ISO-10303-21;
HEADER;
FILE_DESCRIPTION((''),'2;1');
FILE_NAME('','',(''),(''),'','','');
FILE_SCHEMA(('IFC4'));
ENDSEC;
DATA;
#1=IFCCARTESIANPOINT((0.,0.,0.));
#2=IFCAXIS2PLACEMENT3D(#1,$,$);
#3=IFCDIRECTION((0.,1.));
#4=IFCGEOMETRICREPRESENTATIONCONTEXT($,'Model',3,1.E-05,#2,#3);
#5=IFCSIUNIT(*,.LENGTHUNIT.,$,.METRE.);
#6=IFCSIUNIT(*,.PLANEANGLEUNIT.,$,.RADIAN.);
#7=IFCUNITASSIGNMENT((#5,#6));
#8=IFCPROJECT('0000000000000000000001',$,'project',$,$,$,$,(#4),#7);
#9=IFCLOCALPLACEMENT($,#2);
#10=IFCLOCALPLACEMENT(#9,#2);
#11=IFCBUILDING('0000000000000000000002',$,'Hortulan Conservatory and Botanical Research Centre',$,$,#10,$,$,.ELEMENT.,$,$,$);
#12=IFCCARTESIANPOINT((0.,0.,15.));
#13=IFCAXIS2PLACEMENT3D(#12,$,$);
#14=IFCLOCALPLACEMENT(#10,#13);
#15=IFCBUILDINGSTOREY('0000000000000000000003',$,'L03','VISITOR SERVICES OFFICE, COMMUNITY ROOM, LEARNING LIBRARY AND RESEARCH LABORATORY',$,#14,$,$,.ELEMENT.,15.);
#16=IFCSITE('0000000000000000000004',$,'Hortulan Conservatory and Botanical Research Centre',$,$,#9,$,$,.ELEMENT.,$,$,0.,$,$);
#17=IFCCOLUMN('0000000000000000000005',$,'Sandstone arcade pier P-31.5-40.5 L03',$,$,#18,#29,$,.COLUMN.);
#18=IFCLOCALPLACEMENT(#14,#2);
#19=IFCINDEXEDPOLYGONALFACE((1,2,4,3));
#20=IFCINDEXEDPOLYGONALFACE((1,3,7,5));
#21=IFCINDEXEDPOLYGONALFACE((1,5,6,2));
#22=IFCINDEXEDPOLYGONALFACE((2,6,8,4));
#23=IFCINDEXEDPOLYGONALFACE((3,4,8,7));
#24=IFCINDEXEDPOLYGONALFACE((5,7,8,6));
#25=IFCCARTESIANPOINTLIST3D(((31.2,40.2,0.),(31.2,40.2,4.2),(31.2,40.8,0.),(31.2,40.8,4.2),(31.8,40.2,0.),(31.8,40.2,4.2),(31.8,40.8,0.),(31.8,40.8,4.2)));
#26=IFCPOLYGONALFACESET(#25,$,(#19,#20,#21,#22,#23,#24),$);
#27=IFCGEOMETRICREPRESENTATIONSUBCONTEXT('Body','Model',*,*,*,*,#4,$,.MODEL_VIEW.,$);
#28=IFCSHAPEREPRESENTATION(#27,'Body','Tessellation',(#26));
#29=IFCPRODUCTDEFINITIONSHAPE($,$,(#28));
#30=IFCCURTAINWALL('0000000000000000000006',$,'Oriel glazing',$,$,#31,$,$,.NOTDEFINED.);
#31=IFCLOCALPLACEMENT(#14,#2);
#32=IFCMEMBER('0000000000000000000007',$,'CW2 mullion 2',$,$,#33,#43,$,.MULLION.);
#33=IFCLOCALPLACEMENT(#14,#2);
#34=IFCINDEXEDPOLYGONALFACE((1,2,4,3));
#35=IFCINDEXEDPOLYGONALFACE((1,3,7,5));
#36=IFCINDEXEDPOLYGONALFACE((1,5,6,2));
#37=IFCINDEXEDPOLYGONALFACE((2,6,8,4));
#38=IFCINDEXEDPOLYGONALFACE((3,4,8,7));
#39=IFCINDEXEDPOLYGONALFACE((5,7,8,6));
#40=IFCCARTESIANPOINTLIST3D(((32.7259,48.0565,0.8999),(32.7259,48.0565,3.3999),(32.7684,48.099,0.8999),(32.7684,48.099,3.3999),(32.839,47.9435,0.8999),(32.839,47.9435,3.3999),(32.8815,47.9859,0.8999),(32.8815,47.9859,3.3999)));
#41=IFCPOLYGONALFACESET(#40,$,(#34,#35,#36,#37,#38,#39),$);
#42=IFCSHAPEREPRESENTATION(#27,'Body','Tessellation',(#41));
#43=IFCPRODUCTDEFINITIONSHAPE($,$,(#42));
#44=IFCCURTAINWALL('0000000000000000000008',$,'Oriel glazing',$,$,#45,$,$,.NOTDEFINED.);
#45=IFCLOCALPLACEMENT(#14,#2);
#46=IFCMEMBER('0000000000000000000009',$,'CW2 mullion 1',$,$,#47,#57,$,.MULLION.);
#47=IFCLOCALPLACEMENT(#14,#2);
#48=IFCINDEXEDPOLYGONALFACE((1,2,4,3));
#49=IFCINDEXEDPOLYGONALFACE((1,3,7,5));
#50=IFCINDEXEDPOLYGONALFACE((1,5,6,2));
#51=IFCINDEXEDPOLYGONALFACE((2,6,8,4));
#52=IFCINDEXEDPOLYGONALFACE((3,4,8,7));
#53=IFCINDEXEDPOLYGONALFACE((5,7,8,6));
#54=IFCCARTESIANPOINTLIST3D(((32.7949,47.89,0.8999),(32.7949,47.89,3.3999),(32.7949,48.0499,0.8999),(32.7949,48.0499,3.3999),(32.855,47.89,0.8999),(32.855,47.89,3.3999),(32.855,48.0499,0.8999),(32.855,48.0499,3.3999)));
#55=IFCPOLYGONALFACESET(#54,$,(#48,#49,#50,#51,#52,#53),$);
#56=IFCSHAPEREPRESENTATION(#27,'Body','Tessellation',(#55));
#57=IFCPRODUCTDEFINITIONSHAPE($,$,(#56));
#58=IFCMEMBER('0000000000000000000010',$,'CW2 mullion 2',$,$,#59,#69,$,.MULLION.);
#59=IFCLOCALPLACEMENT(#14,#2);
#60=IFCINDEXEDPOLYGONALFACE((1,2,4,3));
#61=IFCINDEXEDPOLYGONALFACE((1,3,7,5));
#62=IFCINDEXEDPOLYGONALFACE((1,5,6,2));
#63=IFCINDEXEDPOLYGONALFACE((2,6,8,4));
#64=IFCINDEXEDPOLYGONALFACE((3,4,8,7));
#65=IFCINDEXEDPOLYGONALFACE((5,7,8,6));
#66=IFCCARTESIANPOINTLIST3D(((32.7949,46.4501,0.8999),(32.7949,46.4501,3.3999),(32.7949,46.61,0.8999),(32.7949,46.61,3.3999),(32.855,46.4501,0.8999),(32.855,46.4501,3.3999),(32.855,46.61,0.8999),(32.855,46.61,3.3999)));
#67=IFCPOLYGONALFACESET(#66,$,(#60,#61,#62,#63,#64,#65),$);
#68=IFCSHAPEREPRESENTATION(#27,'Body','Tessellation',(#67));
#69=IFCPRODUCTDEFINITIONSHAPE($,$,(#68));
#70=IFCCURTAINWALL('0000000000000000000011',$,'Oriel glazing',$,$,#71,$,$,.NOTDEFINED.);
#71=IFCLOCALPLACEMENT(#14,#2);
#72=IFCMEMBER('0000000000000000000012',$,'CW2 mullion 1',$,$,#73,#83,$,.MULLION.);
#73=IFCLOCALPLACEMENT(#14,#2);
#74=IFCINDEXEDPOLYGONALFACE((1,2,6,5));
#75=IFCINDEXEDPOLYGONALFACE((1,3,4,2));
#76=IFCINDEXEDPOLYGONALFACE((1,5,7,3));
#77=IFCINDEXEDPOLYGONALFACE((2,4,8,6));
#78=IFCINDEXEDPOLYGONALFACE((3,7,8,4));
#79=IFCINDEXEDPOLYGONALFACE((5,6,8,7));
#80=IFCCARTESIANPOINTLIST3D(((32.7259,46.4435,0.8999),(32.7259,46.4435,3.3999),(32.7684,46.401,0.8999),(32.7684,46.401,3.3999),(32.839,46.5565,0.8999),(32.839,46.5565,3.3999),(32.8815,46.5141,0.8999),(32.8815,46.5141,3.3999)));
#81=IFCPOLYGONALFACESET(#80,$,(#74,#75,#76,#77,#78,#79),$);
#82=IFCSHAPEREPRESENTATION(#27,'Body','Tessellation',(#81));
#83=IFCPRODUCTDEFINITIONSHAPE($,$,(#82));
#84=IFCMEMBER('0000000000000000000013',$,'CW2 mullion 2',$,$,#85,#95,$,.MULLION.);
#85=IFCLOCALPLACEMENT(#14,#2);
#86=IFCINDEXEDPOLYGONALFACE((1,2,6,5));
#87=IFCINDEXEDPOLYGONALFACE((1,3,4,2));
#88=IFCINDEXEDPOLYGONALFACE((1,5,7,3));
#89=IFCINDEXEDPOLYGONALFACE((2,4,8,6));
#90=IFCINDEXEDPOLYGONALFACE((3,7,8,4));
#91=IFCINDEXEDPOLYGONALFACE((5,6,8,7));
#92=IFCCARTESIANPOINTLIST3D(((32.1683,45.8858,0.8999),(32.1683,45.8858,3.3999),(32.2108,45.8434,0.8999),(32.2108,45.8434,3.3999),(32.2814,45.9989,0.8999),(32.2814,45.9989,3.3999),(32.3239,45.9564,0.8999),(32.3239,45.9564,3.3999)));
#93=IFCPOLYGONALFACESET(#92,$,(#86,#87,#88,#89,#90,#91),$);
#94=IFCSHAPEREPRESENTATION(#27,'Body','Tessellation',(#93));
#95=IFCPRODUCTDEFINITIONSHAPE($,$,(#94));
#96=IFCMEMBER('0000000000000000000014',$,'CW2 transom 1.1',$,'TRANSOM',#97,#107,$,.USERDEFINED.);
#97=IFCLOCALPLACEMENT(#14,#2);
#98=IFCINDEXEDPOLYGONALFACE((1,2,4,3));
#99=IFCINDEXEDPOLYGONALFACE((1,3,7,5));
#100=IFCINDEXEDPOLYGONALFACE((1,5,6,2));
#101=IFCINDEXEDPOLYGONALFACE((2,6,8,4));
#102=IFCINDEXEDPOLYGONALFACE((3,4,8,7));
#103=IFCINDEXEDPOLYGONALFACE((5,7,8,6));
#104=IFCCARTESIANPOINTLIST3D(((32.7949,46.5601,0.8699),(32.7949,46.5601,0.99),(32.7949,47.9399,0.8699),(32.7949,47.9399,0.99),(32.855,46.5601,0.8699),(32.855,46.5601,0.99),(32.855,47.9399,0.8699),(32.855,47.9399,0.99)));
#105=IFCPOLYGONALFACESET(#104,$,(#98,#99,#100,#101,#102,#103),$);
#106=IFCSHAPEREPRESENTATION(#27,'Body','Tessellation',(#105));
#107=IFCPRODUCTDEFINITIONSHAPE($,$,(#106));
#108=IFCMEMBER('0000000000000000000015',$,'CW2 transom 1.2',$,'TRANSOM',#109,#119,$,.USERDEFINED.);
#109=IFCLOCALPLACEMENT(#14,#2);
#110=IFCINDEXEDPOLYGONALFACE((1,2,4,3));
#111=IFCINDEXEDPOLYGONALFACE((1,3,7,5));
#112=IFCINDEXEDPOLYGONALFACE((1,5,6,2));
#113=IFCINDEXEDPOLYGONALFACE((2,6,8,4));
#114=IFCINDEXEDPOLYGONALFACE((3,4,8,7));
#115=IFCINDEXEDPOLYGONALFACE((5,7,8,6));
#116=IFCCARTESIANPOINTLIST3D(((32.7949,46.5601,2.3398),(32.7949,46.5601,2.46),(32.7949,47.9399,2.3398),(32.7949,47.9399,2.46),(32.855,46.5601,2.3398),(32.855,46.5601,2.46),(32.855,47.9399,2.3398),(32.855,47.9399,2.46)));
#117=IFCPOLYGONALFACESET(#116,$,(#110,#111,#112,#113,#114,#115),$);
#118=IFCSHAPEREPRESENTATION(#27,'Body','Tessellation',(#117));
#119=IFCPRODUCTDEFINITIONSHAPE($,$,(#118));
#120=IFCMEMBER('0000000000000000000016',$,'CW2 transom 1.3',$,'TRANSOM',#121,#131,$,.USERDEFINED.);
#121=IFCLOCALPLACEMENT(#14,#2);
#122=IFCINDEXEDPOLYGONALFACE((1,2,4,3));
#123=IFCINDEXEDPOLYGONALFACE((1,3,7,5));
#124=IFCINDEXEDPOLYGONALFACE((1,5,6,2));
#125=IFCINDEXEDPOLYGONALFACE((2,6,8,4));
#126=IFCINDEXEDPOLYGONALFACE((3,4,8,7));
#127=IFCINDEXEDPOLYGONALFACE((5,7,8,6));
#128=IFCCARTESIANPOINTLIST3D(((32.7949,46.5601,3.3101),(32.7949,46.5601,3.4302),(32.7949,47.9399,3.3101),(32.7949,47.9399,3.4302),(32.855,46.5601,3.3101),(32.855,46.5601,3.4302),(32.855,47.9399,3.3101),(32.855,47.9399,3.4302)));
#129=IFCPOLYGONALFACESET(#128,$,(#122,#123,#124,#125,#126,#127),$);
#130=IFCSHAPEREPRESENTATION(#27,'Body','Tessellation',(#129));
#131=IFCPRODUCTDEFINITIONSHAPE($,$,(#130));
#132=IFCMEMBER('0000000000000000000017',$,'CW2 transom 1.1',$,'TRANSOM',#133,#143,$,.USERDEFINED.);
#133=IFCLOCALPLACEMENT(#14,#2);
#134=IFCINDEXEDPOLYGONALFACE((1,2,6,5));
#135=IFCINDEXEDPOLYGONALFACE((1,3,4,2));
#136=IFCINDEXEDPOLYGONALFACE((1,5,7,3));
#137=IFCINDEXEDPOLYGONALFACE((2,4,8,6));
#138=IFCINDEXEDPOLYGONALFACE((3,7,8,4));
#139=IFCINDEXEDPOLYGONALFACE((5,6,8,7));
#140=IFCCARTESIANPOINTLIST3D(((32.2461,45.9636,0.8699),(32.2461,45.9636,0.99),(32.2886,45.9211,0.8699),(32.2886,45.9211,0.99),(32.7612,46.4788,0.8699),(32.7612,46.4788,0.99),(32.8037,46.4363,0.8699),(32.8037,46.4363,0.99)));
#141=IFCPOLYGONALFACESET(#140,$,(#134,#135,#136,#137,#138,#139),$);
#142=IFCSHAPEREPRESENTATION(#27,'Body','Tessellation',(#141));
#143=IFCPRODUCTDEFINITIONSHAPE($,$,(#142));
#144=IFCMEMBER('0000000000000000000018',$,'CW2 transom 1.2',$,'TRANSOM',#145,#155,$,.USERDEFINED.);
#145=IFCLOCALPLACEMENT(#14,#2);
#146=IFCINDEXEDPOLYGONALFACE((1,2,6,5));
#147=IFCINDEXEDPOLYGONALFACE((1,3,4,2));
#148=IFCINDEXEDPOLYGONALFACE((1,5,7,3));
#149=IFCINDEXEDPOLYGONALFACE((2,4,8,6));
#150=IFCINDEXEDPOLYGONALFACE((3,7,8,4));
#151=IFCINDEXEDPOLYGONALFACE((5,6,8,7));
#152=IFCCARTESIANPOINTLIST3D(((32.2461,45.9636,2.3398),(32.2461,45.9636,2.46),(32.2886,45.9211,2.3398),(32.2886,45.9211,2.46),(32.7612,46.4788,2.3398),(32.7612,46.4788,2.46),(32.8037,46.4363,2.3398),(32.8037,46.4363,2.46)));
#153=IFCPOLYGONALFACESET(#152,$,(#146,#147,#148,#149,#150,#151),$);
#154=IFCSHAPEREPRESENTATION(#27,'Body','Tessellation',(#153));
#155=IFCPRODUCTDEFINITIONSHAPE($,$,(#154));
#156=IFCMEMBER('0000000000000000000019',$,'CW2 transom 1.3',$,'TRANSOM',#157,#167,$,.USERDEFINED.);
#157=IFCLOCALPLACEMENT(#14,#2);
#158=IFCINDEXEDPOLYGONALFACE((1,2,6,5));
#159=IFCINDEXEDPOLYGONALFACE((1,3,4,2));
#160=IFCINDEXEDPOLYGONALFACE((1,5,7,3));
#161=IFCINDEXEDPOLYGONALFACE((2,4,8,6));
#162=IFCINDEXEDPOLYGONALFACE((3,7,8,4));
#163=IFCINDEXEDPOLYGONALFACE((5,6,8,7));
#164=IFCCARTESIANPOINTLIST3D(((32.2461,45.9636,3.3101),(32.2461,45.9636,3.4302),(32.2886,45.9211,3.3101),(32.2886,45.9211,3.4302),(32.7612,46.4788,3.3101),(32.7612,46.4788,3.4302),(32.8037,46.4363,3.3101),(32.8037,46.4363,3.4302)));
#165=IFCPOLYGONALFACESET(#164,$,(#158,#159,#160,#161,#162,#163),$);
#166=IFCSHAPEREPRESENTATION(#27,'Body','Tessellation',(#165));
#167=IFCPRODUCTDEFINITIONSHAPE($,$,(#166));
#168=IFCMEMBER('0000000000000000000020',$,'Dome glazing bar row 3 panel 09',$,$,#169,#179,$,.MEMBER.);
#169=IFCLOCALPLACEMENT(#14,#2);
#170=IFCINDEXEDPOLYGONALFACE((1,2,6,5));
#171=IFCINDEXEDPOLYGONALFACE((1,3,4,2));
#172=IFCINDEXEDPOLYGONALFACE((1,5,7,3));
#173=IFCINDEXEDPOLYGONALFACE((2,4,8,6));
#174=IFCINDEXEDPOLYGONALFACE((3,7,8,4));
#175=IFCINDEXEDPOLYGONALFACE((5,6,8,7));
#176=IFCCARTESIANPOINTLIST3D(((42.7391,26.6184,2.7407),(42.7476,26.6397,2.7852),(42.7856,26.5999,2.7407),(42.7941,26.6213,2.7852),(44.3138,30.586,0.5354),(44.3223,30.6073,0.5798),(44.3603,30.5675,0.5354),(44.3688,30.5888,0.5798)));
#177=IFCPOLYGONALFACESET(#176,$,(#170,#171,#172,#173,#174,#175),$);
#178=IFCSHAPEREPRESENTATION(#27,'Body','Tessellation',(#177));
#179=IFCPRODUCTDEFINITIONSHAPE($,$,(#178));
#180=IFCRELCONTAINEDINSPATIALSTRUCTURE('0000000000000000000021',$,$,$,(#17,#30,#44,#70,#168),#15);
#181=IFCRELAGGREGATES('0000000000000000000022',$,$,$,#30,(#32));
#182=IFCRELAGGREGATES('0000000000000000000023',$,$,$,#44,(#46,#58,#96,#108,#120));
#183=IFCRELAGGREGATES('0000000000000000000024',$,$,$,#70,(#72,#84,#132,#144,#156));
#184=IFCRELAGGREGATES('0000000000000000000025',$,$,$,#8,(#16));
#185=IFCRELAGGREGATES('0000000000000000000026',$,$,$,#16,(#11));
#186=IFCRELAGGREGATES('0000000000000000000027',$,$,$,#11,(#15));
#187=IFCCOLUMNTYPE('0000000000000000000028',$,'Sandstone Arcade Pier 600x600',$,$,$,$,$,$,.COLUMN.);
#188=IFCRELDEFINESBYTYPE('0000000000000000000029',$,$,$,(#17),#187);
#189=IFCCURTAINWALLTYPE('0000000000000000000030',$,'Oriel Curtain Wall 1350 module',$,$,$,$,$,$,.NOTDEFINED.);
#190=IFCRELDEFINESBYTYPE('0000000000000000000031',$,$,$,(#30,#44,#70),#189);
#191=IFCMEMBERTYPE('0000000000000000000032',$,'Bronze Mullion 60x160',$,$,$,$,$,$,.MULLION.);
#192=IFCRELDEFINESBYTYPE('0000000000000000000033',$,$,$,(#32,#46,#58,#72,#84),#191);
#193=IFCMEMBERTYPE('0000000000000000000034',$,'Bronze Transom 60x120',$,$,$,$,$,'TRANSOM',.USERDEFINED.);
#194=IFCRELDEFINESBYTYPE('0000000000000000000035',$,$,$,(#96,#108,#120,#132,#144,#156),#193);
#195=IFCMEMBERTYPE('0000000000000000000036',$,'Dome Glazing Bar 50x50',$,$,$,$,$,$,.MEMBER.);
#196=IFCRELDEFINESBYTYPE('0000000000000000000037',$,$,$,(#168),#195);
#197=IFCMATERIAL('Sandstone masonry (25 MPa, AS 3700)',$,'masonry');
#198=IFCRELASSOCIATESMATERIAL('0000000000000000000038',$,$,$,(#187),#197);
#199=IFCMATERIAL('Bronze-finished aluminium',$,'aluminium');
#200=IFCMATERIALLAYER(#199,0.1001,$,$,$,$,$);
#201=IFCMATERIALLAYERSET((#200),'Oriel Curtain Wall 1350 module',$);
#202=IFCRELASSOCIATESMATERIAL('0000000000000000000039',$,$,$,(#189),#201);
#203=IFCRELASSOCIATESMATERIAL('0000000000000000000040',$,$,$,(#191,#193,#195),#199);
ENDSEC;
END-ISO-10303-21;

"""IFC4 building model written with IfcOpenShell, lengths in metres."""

from ifc_helpers import new_model, si_unit, direction, frame, origin, origin_2d, place, context, subcontext, project, spatial, rectangle, extrude, material, layer, layer_set, material_profile, profile_set, type_object, element, aggregate, save


model = new_model("IFC4")

# Units and contexts
model_context = context("Model", 3, precision=1e-05, world=origin(), true_north=direction((0.0, 1.0)))
body_context = subcontext(model_context, "Body", "Model", "MODEL_VIEW")
ifc_project = project(units=[si_unit("LENGTHUNIT", "METRE"), si_unit("PLANEANGLEUNIT", "RADIAN")], contexts=[model_context])

# Site, building, storey
site_placement = place(None, origin())
site = spatial("IfcSite", under=ifc_project, at=site_placement, Name="Hortulan Conservatory and Botanical Research Centre", CompositionType="ELEMENT", RefElevation=0.0)
building_placement = place(site_placement, origin())
building = spatial("IfcBuilding", under=site, at=building_placement, Name="Hortulan Conservatory and Botanical Research Centre", CompositionType="ELEMENT")
storey_placement = place(building_placement, frame((0.0, 0.0, 15.0)))
storey = spatial("IfcBuildingStorey", under=building, at=storey_placement, Name="L03", Description="VISITOR SERVICES OFFICE, COMMUNITY ROOM, LEARNING LIBRARY AND RESEARCH LABORATORY", CompositionType="ELEMENT", Elevation=15.0)

# Column
ifc_material_1 = material(Name="Sandstone masonry (25 MPa, AS 3700)", Category="masonry")
ifc_material_profile_1 = material_profile(ifc_material_1, rectangle(XDim=0.6001, YDim=0.6001, at=origin_2d()), Name="Square pier 600")
ifc_profile_set_1 = profile_set([ifc_material_profile_1], Name="Sandstone masonry (25 MPa, AS 3700)")
column_type = type_object("IfcColumnType", Name="Sandstone Arcade Pier 600x600", PredefinedType="COLUMN", material=ifc_profile_set_1)
column_placement = place(storey_placement, frame((31.5, 40.5, 0.0), z_axis=(0.0, 0.0, 1.0), x_axis=(1.0, 0.0, 0.0)))
element("IfcColumn", 1, at=column_placement, inside=storey, type_object=column_type, Name="Sandstone arcade pier P-31.5-40.5 L03", PredefinedType="COLUMN", context=body_context, shape_type="SweptSolid", body=[
    extrude(rectangle(XDim=0.6001, YDim=0.6001, at=origin_2d()), origin(), (0.0, 0.0, 1.0), 4.2),
])

# Curtain wall, member
ifc_material_2 = material(Name="Bronze-finished aluminium", Category="aluminium")
ifc_layer_1 = layer(ifc_material_2, 0.1001)
ifc_layer_set_1 = layer_set([ifc_layer_1], Name="Oriel Curtain Wall 1350 module")
curtain_wall_type = type_object("IfcCurtainWallType", Name="Oriel Curtain Wall 1350 module", PredefinedType="NOTDEFINED", material=ifc_layer_set_1)
curtain_wall_1_placement = place(storey_placement, origin())
curtain_wall_1 = element("IfcCurtainWall", 2, at=curtain_wall_1_placement, inside=storey, type_object=curtain_wall_type, Name="Oriel glazing", PredefinedType="NOTDEFINED")
ifc_material_profile_2 = material_profile(ifc_material_2, rectangle(XDim=0.0601, YDim=0.1599, at=origin_2d()), Name="Bronze Mullion 60x160")
ifc_profile_set_2 = profile_set([ifc_material_profile_2], Name="Bronze-finished aluminium")
member_type_1 = type_object("IfcMemberType", Name="Bronze Mullion 60x160", PredefinedType="MULLION", material=ifc_profile_set_2)
member_1_placement = place(storey_placement, frame((32.8037, 48.0212, 0.8999), z_axis=(0.0, 0.0, 1.0), x_axis=(0.707107, 0.707107, 0.0)))
member_1 = element("IfcMember", 3, at=member_1_placement, type_object=member_type_1, Name="CW2 mullion 2", PredefinedType="MULLION", context=body_context, shape_type="SweptSolid", body=[
    extrude(rectangle(XDim=0.0601, YDim=0.1599, at=origin_2d()), origin(), (0.0, 0.0, 1.0), 2.5),
])

# Curtain walls, members
curtain_wall_2_placement = place(storey_placement, origin())
curtain_wall_2 = element("IfcCurtainWall", 4, at=curtain_wall_2_placement, inside=storey, type_object=curtain_wall_type, Name="Oriel glazing", PredefinedType="NOTDEFINED")
member_2_placement = place(storey_placement, frame((32.825, 47.97, 0.8999), z_axis=(0.0, 0.0, 1.0), x_axis=(1.0, 0.0, 0.0)))
member_2 = element("IfcMember", 5, at=member_2_placement, type_object=member_type_1, Name="CW2 mullion 1", PredefinedType="MULLION", context=body_context, shape_type="SweptSolid", body=[
    extrude(rectangle(XDim=0.0601, YDim=0.1599, at=origin_2d()), origin(), (0.0, 0.0, 1.0), 2.5),
])
member_3_placement = place(storey_placement, frame((32.825, 46.53, 0.8999), z_axis=(0.0, 0.0, 1.0), x_axis=(1.0, 0.0, 0.0)))
member_3 = element("IfcMember", 6, at=member_3_placement, type_object=member_type_1, Name="CW2 mullion 2", PredefinedType="MULLION", context=body_context, shape_type="SweptSolid", body=[
    extrude(rectangle(XDim=0.0601, YDim=0.1599, at=origin_2d()), origin(), (0.0, 0.0, 1.0), 2.5),
])
curtain_wall_3_placement = place(storey_placement, origin())
curtain_wall_3 = element("IfcCurtainWall", 7, at=curtain_wall_3_placement, inside=storey, type_object=curtain_wall_type, Name="Oriel glazing", PredefinedType="NOTDEFINED")
member_4_placement = place(storey_placement, frame((32.8037, 46.4788, 0.8999), z_axis=(0.0, 0.0, 1.0), x_axis=(0.707107, -0.707107, 0.0)))
member_4 = element("IfcMember", 8, at=member_4_placement, type_object=member_type_1, Name="CW2 mullion 1", PredefinedType="MULLION", context=body_context, shape_type="SweptSolid", body=[
    extrude(rectangle(XDim=0.0601, YDim=0.1599, at=origin_2d()), origin(), (0.0, 0.0, 1.0), 2.5),
])
member_5_placement = place(storey_placement, frame((32.2461, 45.9211, 0.8999), z_axis=(0.0, 0.0, 1.0), x_axis=(0.707107, -0.707107, 0.0)))
member_5 = element("IfcMember", 9, at=member_5_placement, type_object=member_type_1, Name="CW2 mullion 2", PredefinedType="MULLION", context=body_context, shape_type="SweptSolid", body=[
    extrude(rectangle(XDim=0.0601, YDim=0.1599, at=origin_2d()), origin(), (0.0, 0.0, 1.0), 2.5),
])

# Members
ifc_material_profile_3 = material_profile(ifc_material_2, rectangle(XDim=0.0601, YDim=0.1201, at=origin_2d()), Name="Bronze Transom 60x120")
ifc_profile_set_3 = profile_set([ifc_material_profile_3], Name="Bronze-finished aluminium")
member_type_2 = type_object("IfcMemberType", Name="Bronze Transom 60x120", ElementType="TRANSOM", PredefinedType="USERDEFINED", material=ifc_profile_set_3)
member_6_placement = place(storey_placement, frame((32.825, 47.9399, 0.9299), z_axis=(0.0, -1.0, 0.0), x_axis=(1.0, 0.0, 0.0)))
member_6 = element("IfcMember", 10, at=member_6_placement, type_object=member_type_2, Name="CW2 transom 1.1", ObjectType="TRANSOM", PredefinedType="USERDEFINED", context=body_context, shape_type="SweptSolid", body=[
    extrude(rectangle(XDim=0.0601, YDim=0.1201, at=origin_2d()), origin(), (0.0, 0.0, 1.0), 1.3799),
])
member_7_placement = place(storey_placement, frame((32.825, 47.9399, 2.3999), z_axis=(0.0, -1.0, 0.0), x_axis=(1.0, 0.0, 0.0)))
member_7 = element("IfcMember", 11, at=member_7_placement, type_object=member_type_2, Name="CW2 transom 1.2", ObjectType="TRANSOM", PredefinedType="USERDEFINED", context=body_context, shape_type="SweptSolid", body=[
    extrude(rectangle(XDim=0.0601, YDim=0.1201, at=origin_2d()), origin(), (0.0, 0.0, 1.0), 1.3799),
])
member_8_placement = place(storey_placement, frame((32.825, 47.9399, 3.3701), z_axis=(0.0, -1.0, 0.0), x_axis=(1.0, 0.0, 0.0)))
member_8 = element("IfcMember", 12, at=member_8_placement, type_object=member_type_2, Name="CW2 transom 1.3", ObjectType="TRANSOM", PredefinedType="USERDEFINED", context=body_context, shape_type="SweptSolid", body=[
    extrude(rectangle(XDim=0.0601, YDim=0.1201, at=origin_2d()), origin(), (0.0, 0.0, 1.0), 1.3799),
])
member_9_placement = place(storey_placement, frame((32.7825, 46.4575, 0.9299), z_axis=(-0.707107, -0.707107, 0.0), x_axis=(0.707107, -0.707107, 0.0)))
member_9 = element("IfcMember", 13, at=member_9_placement, type_object=member_type_2, Name="CW2 transom 1.1", ObjectType="TRANSOM", PredefinedType="USERDEFINED", context=body_context, shape_type="SweptSolid", body=[
    extrude(rectangle(XDim=0.0601, YDim=0.1201, at=origin_2d()), origin(), (0.0, 0.0, 1.0), 0.7285),
])
member_10_placement = place(storey_placement, frame((32.7825, 46.4575, 2.3999), z_axis=(-0.707107, -0.707107, 0.0), x_axis=(0.707107, -0.707107, 0.0)))
member_10 = element("IfcMember", 14, at=member_10_placement, type_object=member_type_2, Name="CW2 transom 1.2", ObjectType="TRANSOM", PredefinedType="USERDEFINED", context=body_context, shape_type="SweptSolid", body=[
    extrude(rectangle(XDim=0.0601, YDim=0.1201, at=origin_2d()), origin(), (0.0, 0.0, 1.0), 0.7285),
])
member_11_placement = place(storey_placement, frame((32.7825, 46.4575, 3.3701), z_axis=(-0.707107, -0.707107, 0.0), x_axis=(0.707107, -0.707107, 0.0)))
member_11 = element("IfcMember", 15, at=member_11_placement, type_object=member_type_2, Name="CW2 transom 1.3", ObjectType="TRANSOM", PredefinedType="USERDEFINED", context=body_context, shape_type="SweptSolid", body=[
    extrude(rectangle(XDim=0.0601, YDim=0.1201, at=origin_2d()), origin(), (0.0, 0.0, 1.0), 0.7285),
])
ifc_material_profile_4 = material_profile(ifc_material_2, rectangle(XDim=0.05, YDim=0.05, at=origin_2d()), Name="Square bar 50x50")
ifc_profile_set_4 = profile_set([ifc_material_profile_4], Name="Bronze-finished aluminium")
member_type_3 = type_object("IfcMemberType", Name="Dome Glazing Bar 50x50", PredefinedType="MEMBER", material=ifc_profile_set_4)
member_12_placement = place(storey_placement, frame((44.3413, 30.5874, 0.5576), z_axis=(-0.327748, -0.825773, 0.459), x_axis=(0.929467, -0.368904, 0.0)))
element("IfcMember", 16, at=member_12_placement, inside=storey, type_object=member_type_3, Name="Dome glazing bar row 3 panel 09", PredefinedType="MEMBER", context=body_context, shape_type="SweptSolid", body=[
    extrude(rectangle(XDim=0.05, YDim=0.05, at=origin_2d()), origin(), (0.0, 0.0, 1.0), 4.8047),
])

aggregate(curtain_wall_1, [member_1])
aggregate(curtain_wall_2, [member_2, member_3, member_6, member_7, member_8])
aggregate(curtain_wall_3, [member_4, member_5, member_9, member_10, member_11])

save(model, "model.ifc")
